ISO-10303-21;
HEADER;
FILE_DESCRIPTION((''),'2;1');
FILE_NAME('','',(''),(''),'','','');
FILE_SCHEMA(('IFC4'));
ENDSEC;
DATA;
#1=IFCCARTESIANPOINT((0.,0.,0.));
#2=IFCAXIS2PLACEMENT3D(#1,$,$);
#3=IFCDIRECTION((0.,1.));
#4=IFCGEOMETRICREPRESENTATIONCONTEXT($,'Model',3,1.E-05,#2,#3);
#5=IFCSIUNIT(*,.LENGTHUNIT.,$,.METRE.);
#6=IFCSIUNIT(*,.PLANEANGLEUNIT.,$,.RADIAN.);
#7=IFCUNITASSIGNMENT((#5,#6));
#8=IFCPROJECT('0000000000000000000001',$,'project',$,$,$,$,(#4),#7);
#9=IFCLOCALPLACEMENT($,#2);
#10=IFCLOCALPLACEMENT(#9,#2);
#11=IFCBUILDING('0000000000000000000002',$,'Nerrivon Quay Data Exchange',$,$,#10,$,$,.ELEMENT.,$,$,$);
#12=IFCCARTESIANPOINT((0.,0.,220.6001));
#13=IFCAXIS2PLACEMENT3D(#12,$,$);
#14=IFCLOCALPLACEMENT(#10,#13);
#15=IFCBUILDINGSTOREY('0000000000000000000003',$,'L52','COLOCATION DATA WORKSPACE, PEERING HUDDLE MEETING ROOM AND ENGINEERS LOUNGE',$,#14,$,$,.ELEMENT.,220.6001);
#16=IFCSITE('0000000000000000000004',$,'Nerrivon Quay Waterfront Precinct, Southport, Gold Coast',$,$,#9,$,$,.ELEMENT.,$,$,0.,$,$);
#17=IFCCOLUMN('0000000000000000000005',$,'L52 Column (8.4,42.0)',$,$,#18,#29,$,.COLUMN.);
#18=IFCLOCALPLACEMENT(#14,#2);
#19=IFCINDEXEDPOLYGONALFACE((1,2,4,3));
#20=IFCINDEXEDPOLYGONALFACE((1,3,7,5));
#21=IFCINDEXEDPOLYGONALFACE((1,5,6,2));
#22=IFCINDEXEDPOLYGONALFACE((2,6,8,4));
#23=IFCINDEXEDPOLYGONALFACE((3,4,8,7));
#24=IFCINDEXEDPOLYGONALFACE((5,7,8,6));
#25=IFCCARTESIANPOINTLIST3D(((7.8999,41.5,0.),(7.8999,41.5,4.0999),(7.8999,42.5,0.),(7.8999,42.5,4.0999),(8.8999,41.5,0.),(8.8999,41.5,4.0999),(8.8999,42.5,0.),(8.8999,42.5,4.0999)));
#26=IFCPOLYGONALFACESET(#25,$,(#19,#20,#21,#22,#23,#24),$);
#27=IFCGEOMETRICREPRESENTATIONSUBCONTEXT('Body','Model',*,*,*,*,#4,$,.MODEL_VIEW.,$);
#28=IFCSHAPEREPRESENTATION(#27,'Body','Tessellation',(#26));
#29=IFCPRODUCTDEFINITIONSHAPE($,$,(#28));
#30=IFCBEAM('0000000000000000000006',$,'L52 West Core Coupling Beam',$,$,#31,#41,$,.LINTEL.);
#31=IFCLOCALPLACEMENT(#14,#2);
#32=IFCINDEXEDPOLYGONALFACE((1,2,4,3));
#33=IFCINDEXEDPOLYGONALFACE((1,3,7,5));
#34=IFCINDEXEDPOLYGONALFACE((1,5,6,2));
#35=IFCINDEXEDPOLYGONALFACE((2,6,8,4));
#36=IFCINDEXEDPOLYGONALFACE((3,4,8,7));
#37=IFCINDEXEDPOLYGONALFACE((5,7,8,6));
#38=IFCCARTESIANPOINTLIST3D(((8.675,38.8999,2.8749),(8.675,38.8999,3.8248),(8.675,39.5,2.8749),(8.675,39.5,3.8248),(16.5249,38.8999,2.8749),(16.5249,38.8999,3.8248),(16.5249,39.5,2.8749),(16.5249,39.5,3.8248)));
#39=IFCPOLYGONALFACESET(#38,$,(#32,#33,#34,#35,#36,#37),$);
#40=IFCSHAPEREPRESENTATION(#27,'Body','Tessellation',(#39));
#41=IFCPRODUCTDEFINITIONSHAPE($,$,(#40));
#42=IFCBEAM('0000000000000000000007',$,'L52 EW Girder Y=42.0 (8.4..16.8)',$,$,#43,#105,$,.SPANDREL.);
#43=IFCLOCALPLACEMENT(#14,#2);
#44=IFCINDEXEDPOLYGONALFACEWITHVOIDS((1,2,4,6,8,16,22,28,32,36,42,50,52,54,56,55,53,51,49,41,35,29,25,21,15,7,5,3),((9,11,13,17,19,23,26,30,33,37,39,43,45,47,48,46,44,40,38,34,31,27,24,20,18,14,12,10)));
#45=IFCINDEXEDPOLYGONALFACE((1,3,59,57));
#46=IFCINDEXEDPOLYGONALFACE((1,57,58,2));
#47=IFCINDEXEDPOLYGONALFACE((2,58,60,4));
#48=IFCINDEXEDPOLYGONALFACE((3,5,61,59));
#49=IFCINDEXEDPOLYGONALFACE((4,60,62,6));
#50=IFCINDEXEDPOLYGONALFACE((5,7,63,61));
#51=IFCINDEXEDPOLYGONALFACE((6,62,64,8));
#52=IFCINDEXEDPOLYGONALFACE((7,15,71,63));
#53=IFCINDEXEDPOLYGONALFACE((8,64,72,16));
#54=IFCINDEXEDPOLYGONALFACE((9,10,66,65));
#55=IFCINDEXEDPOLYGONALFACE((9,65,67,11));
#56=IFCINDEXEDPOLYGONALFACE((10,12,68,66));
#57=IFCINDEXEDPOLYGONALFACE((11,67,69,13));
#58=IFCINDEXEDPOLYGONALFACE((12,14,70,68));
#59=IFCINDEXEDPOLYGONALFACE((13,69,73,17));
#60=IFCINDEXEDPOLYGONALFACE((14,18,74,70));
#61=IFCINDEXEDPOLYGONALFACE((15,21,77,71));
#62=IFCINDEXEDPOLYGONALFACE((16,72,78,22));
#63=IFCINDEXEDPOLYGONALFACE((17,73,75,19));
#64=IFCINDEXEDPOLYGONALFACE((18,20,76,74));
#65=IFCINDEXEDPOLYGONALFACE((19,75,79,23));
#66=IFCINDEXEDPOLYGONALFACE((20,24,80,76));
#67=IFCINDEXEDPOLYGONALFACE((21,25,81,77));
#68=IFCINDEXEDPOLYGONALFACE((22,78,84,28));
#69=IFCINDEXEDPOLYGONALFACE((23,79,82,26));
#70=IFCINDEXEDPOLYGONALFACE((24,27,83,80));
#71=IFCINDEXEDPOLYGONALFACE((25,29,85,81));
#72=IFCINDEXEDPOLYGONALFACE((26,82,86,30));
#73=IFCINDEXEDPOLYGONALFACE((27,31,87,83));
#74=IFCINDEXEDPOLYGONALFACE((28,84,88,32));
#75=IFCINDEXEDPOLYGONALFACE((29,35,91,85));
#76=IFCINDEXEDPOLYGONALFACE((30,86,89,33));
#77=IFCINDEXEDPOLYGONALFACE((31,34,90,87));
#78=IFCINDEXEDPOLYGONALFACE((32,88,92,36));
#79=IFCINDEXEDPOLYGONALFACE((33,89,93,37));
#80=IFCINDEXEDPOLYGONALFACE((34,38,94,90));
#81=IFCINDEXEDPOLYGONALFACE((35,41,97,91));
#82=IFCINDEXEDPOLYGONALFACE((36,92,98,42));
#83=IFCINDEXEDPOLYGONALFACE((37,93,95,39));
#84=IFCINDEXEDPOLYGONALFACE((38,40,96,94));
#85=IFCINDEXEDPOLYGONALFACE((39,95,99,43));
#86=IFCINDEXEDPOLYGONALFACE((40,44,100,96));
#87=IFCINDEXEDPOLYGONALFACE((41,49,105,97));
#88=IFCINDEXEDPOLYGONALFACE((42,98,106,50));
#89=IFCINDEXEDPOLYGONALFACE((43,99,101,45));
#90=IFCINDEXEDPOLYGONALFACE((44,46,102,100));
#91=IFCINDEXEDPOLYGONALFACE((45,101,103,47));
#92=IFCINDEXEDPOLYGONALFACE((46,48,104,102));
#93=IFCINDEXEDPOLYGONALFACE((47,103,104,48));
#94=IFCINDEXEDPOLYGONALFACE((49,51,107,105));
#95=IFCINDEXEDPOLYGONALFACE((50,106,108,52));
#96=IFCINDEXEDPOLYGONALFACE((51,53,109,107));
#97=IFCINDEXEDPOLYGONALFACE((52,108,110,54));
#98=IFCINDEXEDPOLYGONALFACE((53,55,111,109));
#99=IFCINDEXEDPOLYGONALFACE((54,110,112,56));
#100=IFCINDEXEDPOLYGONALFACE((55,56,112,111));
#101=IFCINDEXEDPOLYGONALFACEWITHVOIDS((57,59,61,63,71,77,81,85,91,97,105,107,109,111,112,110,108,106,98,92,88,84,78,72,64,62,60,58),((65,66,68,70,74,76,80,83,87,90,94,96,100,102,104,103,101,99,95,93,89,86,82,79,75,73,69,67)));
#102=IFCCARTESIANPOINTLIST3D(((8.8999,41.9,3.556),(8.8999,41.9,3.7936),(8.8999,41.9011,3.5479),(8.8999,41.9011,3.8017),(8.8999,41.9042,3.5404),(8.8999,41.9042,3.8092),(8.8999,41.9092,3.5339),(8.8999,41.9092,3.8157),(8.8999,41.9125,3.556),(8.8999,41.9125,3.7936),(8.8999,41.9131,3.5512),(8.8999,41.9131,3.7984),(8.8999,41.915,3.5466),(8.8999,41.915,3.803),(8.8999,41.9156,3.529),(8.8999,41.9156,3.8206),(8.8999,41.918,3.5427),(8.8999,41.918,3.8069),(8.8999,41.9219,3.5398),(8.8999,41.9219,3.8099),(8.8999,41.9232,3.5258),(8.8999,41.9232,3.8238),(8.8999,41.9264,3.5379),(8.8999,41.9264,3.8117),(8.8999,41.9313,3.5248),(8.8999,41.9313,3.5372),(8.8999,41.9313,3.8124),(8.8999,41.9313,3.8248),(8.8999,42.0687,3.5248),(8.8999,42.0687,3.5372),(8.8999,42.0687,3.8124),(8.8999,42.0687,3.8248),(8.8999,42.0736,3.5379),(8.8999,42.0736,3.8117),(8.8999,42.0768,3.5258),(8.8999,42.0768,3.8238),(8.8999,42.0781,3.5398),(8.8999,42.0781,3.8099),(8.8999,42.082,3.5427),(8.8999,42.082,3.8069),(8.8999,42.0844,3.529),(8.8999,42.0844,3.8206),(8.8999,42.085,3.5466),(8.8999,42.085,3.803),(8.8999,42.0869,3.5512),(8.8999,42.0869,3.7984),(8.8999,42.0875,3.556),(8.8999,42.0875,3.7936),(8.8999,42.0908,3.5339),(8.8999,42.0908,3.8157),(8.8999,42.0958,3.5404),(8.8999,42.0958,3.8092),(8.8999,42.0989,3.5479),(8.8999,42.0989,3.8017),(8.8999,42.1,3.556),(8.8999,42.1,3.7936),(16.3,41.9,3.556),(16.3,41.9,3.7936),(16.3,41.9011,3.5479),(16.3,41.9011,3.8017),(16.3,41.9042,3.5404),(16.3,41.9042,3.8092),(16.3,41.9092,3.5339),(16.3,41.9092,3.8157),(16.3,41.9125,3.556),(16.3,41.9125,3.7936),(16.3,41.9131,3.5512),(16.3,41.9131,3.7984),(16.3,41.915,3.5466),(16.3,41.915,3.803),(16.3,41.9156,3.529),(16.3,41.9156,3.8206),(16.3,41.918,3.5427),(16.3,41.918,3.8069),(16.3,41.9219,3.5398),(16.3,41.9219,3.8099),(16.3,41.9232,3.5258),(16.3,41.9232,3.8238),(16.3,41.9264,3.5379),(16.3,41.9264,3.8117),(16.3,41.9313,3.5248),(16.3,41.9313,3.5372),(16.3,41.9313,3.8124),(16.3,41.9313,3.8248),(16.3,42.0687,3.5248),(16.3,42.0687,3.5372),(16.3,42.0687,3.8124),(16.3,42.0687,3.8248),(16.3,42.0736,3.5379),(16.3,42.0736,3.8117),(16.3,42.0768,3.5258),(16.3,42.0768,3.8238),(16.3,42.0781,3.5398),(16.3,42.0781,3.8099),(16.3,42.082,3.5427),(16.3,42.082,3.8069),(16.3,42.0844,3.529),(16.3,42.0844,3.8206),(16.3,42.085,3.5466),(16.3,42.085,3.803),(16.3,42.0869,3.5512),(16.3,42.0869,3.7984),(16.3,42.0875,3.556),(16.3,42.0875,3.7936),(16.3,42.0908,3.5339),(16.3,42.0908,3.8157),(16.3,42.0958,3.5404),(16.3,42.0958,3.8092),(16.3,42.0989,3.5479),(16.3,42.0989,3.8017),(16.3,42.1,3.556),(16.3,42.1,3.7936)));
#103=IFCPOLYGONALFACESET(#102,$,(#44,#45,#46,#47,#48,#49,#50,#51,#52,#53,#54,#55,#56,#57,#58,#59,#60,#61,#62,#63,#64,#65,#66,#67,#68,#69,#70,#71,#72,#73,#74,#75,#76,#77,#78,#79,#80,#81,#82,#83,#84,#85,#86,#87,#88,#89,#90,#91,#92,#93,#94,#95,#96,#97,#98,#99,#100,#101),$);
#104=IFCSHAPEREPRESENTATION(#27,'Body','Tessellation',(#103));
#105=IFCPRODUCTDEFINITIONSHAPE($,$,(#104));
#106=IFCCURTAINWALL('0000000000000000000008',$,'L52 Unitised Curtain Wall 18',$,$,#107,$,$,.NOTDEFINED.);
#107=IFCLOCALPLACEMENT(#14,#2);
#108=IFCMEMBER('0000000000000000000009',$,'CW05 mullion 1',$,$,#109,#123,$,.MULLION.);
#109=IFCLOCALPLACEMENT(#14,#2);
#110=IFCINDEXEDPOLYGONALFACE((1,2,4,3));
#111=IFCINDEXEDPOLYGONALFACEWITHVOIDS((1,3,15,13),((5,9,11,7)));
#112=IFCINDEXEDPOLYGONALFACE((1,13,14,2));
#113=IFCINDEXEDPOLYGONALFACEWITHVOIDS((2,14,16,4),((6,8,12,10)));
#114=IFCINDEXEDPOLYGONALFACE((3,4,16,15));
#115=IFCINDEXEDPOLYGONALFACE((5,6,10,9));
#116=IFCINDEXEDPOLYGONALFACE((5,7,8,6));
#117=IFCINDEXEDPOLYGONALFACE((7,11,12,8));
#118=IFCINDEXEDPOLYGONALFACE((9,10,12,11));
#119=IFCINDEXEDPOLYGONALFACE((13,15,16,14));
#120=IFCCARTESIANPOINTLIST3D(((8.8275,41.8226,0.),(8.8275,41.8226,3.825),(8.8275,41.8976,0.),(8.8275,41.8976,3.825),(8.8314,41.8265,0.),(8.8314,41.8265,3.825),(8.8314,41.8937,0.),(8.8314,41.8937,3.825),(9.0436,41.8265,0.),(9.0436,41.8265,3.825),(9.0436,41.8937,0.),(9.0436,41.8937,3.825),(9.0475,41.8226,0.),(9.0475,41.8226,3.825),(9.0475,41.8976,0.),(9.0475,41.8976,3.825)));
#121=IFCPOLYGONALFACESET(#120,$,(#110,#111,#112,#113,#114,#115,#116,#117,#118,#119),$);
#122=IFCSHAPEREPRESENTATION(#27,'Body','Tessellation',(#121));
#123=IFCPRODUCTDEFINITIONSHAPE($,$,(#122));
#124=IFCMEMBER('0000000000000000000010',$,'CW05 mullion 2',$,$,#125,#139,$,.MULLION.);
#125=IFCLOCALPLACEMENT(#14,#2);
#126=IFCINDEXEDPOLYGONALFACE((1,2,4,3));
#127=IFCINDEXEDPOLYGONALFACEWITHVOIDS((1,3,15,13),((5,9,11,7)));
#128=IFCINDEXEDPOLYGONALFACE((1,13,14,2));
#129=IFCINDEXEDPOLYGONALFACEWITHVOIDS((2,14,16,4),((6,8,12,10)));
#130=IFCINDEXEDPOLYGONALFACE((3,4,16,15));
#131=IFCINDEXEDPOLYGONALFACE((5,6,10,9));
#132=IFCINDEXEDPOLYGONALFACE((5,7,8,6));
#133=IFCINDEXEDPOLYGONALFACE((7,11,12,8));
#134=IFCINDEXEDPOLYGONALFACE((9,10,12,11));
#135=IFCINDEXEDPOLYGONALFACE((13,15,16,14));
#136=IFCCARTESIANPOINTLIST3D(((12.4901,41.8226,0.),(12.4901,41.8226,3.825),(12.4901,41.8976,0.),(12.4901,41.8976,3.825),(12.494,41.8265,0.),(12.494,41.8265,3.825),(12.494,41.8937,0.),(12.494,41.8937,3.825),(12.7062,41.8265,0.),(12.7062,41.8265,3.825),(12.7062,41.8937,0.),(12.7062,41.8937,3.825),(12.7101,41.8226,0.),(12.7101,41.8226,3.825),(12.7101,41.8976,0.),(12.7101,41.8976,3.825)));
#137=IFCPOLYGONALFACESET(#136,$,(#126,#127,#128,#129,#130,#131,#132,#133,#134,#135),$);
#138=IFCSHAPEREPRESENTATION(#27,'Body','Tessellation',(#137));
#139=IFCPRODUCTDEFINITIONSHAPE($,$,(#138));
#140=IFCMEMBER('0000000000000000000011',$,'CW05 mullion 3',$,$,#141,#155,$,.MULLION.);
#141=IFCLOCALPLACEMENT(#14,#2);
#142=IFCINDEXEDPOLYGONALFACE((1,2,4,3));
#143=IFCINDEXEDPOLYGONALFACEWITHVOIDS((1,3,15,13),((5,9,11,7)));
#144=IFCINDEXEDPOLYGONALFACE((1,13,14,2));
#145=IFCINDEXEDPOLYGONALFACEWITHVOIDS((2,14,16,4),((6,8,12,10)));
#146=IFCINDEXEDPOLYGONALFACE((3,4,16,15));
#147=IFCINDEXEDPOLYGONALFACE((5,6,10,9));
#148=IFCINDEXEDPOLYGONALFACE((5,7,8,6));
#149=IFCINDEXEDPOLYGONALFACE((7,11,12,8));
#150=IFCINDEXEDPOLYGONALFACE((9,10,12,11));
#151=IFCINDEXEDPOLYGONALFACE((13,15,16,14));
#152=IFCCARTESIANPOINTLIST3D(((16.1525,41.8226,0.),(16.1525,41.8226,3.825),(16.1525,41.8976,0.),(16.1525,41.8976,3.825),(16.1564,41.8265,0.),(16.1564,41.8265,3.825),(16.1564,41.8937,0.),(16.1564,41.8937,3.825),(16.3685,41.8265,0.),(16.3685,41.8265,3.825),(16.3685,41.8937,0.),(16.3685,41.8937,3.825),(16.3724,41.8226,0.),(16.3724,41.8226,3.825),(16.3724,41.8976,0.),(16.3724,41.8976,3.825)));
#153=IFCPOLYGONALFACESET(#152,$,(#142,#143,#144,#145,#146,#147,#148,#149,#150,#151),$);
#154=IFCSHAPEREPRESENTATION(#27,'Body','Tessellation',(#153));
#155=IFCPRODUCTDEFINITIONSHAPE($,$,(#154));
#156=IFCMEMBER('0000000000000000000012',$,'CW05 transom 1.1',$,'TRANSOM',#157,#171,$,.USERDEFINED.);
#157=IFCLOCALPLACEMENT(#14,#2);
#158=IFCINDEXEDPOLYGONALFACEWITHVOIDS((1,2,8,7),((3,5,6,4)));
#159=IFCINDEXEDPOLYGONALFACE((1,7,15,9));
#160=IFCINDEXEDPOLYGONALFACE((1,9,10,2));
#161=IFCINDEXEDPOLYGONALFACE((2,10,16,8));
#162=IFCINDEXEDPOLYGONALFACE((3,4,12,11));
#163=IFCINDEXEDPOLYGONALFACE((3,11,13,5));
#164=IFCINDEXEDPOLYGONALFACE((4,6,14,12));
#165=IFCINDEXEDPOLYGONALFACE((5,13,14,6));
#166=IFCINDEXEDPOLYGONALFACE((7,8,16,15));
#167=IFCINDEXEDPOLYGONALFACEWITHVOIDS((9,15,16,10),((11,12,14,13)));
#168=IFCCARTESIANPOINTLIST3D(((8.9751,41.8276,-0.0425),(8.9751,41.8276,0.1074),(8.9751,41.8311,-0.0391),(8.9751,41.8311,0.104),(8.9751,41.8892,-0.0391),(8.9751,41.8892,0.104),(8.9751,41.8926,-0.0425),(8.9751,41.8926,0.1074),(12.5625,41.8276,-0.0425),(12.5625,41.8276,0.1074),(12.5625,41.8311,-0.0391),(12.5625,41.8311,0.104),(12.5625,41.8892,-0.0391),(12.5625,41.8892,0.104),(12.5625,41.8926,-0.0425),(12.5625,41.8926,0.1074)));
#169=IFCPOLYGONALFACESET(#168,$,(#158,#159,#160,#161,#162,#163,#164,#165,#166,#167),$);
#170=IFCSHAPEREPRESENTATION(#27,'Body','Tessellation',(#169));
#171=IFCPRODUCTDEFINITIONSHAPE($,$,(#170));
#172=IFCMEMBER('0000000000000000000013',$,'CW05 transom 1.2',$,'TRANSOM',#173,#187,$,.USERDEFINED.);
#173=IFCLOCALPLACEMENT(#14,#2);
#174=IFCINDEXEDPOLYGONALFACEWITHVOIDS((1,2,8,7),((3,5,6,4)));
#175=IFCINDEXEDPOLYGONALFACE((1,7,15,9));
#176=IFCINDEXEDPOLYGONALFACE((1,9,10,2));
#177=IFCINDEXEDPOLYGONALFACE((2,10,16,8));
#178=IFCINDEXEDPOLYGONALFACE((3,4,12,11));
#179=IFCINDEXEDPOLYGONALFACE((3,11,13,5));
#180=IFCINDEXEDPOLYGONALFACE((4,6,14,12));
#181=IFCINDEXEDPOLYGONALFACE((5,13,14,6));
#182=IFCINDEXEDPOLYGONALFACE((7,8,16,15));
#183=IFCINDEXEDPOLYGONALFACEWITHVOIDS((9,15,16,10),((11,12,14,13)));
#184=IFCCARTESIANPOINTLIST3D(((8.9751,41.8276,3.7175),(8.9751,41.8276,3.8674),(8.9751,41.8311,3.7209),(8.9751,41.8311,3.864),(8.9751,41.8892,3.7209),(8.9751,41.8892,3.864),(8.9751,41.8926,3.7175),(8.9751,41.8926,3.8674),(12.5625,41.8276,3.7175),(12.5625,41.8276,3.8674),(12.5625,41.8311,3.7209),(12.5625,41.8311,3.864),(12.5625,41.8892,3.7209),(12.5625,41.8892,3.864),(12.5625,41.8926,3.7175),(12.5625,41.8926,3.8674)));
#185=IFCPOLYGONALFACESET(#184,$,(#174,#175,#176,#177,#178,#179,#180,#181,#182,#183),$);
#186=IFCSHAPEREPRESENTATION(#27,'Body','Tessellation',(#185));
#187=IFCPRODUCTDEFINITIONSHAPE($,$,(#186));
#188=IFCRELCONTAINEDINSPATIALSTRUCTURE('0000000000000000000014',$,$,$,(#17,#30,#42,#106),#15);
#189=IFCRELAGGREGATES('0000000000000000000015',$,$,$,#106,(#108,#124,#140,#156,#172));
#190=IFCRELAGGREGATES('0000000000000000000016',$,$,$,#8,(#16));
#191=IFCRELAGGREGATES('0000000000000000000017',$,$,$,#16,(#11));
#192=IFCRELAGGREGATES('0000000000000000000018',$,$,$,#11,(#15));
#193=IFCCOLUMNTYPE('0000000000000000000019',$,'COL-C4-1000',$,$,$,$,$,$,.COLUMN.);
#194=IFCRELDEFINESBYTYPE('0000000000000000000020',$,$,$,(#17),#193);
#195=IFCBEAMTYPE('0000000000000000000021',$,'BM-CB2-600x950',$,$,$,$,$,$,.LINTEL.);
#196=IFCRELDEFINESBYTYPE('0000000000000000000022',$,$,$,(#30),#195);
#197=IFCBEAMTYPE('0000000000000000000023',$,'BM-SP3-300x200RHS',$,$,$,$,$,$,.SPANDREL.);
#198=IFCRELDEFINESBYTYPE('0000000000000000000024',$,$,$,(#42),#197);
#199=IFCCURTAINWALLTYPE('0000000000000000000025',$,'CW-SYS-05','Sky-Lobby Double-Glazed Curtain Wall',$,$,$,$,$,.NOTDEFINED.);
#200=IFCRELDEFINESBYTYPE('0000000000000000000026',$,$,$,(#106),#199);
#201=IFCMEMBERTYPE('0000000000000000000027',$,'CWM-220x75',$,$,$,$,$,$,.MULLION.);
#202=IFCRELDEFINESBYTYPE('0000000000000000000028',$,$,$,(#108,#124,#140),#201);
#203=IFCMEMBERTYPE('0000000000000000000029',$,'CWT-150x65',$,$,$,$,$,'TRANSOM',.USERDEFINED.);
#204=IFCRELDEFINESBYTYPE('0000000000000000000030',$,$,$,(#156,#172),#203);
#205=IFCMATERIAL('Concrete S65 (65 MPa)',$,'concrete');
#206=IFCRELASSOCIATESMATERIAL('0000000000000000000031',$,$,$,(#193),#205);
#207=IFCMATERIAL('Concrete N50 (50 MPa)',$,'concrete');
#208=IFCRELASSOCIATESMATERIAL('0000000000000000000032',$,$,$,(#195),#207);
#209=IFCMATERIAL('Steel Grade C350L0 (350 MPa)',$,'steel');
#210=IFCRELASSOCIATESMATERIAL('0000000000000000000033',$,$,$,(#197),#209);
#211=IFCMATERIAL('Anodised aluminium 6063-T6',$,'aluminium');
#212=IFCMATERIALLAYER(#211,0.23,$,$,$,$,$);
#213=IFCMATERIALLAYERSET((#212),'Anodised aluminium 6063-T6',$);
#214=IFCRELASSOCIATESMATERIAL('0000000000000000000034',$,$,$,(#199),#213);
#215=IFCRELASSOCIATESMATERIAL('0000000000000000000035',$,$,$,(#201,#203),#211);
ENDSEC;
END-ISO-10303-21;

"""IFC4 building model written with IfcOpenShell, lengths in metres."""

from ifc_helpers import new_model, si_unit, direction, frame, origin, origin_2d, place, context, subcontext, project, spatial, rectangle, hollow_rectangle, extrude, material, layer, layer_set, material_profile, profile_set, type_object, element, aggregate, save


model = new_model("IFC4")

# Units and contexts
model_context = context("Model", 3, precision=1e-05, world=origin(), true_north=direction((0.0, 1.0)))
body_context = subcontext(model_context, "Body", "Model", "MODEL_VIEW")
ifc_project = project(units=[si_unit("LENGTHUNIT", "METRE"), si_unit("PLANEANGLEUNIT", "RADIAN")], contexts=[model_context])

# Site, building, storey
site_placement = place(None, origin())
site = spatial("IfcSite", under=ifc_project, at=site_placement, Name="Nerrivon Quay Waterfront Precinct, Southport, Gold Coast", CompositionType="ELEMENT", RefElevation=0.0)
building_placement = place(site_placement, origin())
building = spatial("IfcBuilding", under=site, at=building_placement, Name="Nerrivon Quay Data Exchange", CompositionType="ELEMENT")
storey_placement = place(building_placement, frame((0.0, 0.0, 220.6001)))
storey = spatial("IfcBuildingStorey", under=building, at=storey_placement, Name="L52", Description="COLOCATION DATA WORKSPACE, PEERING HUDDLE MEETING ROOM AND ENGINEERS LOUNGE", CompositionType="ELEMENT", Elevation=220.6001)

# Column
ifc_material_1 = material(Name="Concrete S65 (65 MPa)", Category="concrete")
ifc_material_profile_1 = material_profile(ifc_material_1, rectangle(XDim=1.0, YDim=1.0, at=origin_2d()), Name="RC-COL-1000x1000")
ifc_profile_set_1 = profile_set([ifc_material_profile_1], Name="Concrete S65 (65 MPa)")
column_type = type_object("IfcColumnType", Name="COL-C4-1000", PredefinedType="COLUMN", material=ifc_profile_set_1)
column_placement = place(storey_placement, frame((8.3999, 42.0, 0.0), z_axis=(0.0, 0.0, 1.0), x_axis=(1.0, 0.0, 0.0)))
element("IfcColumn", 1, at=column_placement, inside=storey, type_object=column_type, Name="L52 Column (8.4,42.0)", PredefinedType="COLUMN", context=body_context, shape_type="SweptSolid", body=[
    extrude(rectangle(XDim=1.0, YDim=1.0, at=origin_2d()), origin(), (0.0, 0.0, 1.0), 4.0999),
])

# Beams
ifc_material_2 = material(Name="Concrete N50 (50 MPa)", Category="concrete")
ifc_material_profile_2 = material_profile(ifc_material_2, rectangle(XDim=0.6001, YDim=0.95, at=origin_2d()), Name="RC-CB-600x950")
ifc_profile_set_2 = profile_set([ifc_material_profile_2], Name="Concrete N50 (50 MPa)")
beam_type_1 = type_object("IfcBeamType", Name="BM-CB2-600x950", PredefinedType="LINTEL", material=ifc_profile_set_2)
beam_1_placement = place(storey_placement, frame((8.675, 39.2, 3.3499), z_axis=(1.0, 0.0, 0.0), x_axis=(0.0, 1.0, 0.0)))
element("IfcBeam", 2, at=beam_1_placement, inside=storey, type_object=beam_type_1, Name="L52 West Core Coupling Beam", PredefinedType="LINTEL", context=body_context, shape_type="SweptSolid", body=[
    extrude(rectangle(XDim=0.6001, YDim=0.95, at=origin_2d()), origin(), (0.0, 0.0, 1.0), 7.8499),
])
ifc_material_3 = material(Name="Steel Grade C350L0 (350 MPa)", Category="steel")
ifc_material_profile_3 = material_profile(ifc_material_3, hollow_rectangle(XDim=0.2, YDim=0.3, WallThickness=0.0125, InnerFilletRadius=0.0188, OuterFilletRadius=0.0312, at=origin_2d()), Name="300x200x12.5RHS")
ifc_profile_set_3 = profile_set([ifc_material_profile_3], Name="Steel Grade C350L0 (350 MPa)")
beam_type_2 = type_object("IfcBeamType", Name="BM-SP3-300x200RHS", PredefinedType="SPANDREL", material=ifc_profile_set_3)
beam_2_placement = place(storey_placement, frame((8.8999, 42.0, 3.6748), z_axis=(1.0, 0.0, 0.0), x_axis=(0.0, 1.0, 0.0)))
element("IfcBeam", 3, at=beam_2_placement, inside=storey, type_object=beam_type_2, Name="L52 EW Girder Y=42.0 (8.4..16.8)", PredefinedType="SPANDREL", context=body_context, shape_type="SweptSolid", body=[
    extrude(hollow_rectangle(XDim=0.2, YDim=0.3, WallThickness=0.0125, InnerFilletRadius=0.0188, OuterFilletRadius=0.0312, at=origin_2d()), origin(), (0.0, 0.0, 1.0), 7.4001),
])

# Curtain wall, members
ifc_material_4 = material(Name="Anodised aluminium 6063-T6", Category="aluminium")
ifc_layer_1 = layer(ifc_material_4, 0.23)
ifc_layer_set_1 = layer_set([ifc_layer_1], Name="Anodised aluminium 6063-T6")
curtain_wall_type = type_object("IfcCurtainWallType", Name="CW-SYS-05", Description="Sky-Lobby Double-Glazed Curtain Wall", PredefinedType="NOTDEFINED", material=ifc_layer_set_1)
curtain_wall_placement = place(storey_placement, origin())
curtain_wall = element("IfcCurtainWall", 4, at=curtain_wall_placement, inside=storey, type_object=curtain_wall_type, Name="L52 Unitised Curtain Wall 18", PredefinedType="NOTDEFINED")
ifc_material_profile_4 = material_profile(ifc_material_4, hollow_rectangle(XDim=0.075, YDim=0.22, WallThickness=0.0039, at=origin_2d()), Name="ALU-MULL-220x75")
ifc_profile_set_4 = profile_set([ifc_material_profile_4], Name="Anodised aluminium 6063-T6")
member_type_1 = type_object("IfcMemberType", Name="CWM-220x75", PredefinedType="MULLION", material=ifc_profile_set_4)
member_1_placement = place(storey_placement, frame((8.9375, 41.8601, 0.0), z_axis=(0.0, 0.0, 1.0), x_axis=(0.0, 1.0, 0.0)))
member_1 = element("IfcMember", 5, at=member_1_placement, type_object=member_type_1, Name="CW05 mullion 1", PredefinedType="MULLION", context=body_context, shape_type="SweptSolid", body=[
    extrude(hollow_rectangle(XDim=0.075, YDim=0.22, WallThickness=0.0039, at=origin_2d()), origin(), (0.0, 0.0, 1.0), 3.825),
])
member_2_placement = place(storey_placement, frame((12.6001, 41.8601, 0.0), z_axis=(0.0, 0.0, 1.0), x_axis=(0.0, 1.0, 0.0)))
member_2 = element("IfcMember", 6, at=member_2_placement, type_object=member_type_1, Name="CW05 mullion 2", PredefinedType="MULLION", context=body_context, shape_type="SweptSolid", body=[
    extrude(hollow_rectangle(XDim=0.075, YDim=0.22, WallThickness=0.0039, at=origin_2d()), origin(), (0.0, 0.0, 1.0), 3.825),
])
member_3_placement = place(storey_placement, frame((16.2625, 41.8601, 0.0), z_axis=(0.0, 0.0, 1.0), x_axis=(0.0, 1.0, 0.0)))
member_3 = element("IfcMember", 7, at=member_3_placement, type_object=member_type_1, Name="CW05 mullion 3", PredefinedType="MULLION", context=body_context, shape_type="SweptSolid", body=[
    extrude(hollow_rectangle(XDim=0.075, YDim=0.22, WallThickness=0.0039, at=origin_2d()), origin(), (0.0, 0.0, 1.0), 3.825),
])
ifc_material_profile_5 = material_profile(ifc_material_4, hollow_rectangle(XDim=0.0649, YDim=0.1499, WallThickness=0.0034, at=origin_2d()), Name="ALU-TRAN-150x65")
ifc_profile_set_5 = profile_set([ifc_material_profile_5], Name="Anodised aluminium 6063-T6")
member_type_2 = type_object("IfcMemberType", Name="CWT-150x65", ElementType="TRANSOM", PredefinedType="USERDEFINED", material=ifc_profile_set_5)
member_4_placement = place(storey_placement, frame((8.9751, 41.8601, 0.0325), z_axis=(1.0, 0.0, 0.0), x_axis=(0.0, 1.0, 0.0)))
member_4 = element("IfcMember", 8, at=member_4_placement, type_object=member_type_2, Name="CW05 transom 1.1", ObjectType="TRANSOM", PredefinedType="USERDEFINED", context=body_context, shape_type="SweptSolid", body=[
    extrude(hollow_rectangle(XDim=0.0649, YDim=0.1499, WallThickness=0.0034, at=origin_2d()), origin(), (0.0, 0.0, 1.0), 3.5874),
])
member_5_placement = place(storey_placement, frame((8.9751, 41.8601, 3.7925), z_axis=(1.0, 0.0, 0.0), x_axis=(0.0, 1.0, 0.0)))
member_5 = element("IfcMember", 9, at=member_5_placement, type_object=member_type_2, Name="CW05 transom 1.2", ObjectType="TRANSOM", PredefinedType="USERDEFINED", context=body_context, shape_type="SweptSolid", body=[
    extrude(hollow_rectangle(XDim=0.0649, YDim=0.1499, WallThickness=0.0034, at=origin_2d()), origin(), (0.0, 0.0, 1.0), 3.5874),
])
aggregate(curtain_wall, [member_1, member_2, member_3, member_4, member_5])

save(model, "model.ifc")
